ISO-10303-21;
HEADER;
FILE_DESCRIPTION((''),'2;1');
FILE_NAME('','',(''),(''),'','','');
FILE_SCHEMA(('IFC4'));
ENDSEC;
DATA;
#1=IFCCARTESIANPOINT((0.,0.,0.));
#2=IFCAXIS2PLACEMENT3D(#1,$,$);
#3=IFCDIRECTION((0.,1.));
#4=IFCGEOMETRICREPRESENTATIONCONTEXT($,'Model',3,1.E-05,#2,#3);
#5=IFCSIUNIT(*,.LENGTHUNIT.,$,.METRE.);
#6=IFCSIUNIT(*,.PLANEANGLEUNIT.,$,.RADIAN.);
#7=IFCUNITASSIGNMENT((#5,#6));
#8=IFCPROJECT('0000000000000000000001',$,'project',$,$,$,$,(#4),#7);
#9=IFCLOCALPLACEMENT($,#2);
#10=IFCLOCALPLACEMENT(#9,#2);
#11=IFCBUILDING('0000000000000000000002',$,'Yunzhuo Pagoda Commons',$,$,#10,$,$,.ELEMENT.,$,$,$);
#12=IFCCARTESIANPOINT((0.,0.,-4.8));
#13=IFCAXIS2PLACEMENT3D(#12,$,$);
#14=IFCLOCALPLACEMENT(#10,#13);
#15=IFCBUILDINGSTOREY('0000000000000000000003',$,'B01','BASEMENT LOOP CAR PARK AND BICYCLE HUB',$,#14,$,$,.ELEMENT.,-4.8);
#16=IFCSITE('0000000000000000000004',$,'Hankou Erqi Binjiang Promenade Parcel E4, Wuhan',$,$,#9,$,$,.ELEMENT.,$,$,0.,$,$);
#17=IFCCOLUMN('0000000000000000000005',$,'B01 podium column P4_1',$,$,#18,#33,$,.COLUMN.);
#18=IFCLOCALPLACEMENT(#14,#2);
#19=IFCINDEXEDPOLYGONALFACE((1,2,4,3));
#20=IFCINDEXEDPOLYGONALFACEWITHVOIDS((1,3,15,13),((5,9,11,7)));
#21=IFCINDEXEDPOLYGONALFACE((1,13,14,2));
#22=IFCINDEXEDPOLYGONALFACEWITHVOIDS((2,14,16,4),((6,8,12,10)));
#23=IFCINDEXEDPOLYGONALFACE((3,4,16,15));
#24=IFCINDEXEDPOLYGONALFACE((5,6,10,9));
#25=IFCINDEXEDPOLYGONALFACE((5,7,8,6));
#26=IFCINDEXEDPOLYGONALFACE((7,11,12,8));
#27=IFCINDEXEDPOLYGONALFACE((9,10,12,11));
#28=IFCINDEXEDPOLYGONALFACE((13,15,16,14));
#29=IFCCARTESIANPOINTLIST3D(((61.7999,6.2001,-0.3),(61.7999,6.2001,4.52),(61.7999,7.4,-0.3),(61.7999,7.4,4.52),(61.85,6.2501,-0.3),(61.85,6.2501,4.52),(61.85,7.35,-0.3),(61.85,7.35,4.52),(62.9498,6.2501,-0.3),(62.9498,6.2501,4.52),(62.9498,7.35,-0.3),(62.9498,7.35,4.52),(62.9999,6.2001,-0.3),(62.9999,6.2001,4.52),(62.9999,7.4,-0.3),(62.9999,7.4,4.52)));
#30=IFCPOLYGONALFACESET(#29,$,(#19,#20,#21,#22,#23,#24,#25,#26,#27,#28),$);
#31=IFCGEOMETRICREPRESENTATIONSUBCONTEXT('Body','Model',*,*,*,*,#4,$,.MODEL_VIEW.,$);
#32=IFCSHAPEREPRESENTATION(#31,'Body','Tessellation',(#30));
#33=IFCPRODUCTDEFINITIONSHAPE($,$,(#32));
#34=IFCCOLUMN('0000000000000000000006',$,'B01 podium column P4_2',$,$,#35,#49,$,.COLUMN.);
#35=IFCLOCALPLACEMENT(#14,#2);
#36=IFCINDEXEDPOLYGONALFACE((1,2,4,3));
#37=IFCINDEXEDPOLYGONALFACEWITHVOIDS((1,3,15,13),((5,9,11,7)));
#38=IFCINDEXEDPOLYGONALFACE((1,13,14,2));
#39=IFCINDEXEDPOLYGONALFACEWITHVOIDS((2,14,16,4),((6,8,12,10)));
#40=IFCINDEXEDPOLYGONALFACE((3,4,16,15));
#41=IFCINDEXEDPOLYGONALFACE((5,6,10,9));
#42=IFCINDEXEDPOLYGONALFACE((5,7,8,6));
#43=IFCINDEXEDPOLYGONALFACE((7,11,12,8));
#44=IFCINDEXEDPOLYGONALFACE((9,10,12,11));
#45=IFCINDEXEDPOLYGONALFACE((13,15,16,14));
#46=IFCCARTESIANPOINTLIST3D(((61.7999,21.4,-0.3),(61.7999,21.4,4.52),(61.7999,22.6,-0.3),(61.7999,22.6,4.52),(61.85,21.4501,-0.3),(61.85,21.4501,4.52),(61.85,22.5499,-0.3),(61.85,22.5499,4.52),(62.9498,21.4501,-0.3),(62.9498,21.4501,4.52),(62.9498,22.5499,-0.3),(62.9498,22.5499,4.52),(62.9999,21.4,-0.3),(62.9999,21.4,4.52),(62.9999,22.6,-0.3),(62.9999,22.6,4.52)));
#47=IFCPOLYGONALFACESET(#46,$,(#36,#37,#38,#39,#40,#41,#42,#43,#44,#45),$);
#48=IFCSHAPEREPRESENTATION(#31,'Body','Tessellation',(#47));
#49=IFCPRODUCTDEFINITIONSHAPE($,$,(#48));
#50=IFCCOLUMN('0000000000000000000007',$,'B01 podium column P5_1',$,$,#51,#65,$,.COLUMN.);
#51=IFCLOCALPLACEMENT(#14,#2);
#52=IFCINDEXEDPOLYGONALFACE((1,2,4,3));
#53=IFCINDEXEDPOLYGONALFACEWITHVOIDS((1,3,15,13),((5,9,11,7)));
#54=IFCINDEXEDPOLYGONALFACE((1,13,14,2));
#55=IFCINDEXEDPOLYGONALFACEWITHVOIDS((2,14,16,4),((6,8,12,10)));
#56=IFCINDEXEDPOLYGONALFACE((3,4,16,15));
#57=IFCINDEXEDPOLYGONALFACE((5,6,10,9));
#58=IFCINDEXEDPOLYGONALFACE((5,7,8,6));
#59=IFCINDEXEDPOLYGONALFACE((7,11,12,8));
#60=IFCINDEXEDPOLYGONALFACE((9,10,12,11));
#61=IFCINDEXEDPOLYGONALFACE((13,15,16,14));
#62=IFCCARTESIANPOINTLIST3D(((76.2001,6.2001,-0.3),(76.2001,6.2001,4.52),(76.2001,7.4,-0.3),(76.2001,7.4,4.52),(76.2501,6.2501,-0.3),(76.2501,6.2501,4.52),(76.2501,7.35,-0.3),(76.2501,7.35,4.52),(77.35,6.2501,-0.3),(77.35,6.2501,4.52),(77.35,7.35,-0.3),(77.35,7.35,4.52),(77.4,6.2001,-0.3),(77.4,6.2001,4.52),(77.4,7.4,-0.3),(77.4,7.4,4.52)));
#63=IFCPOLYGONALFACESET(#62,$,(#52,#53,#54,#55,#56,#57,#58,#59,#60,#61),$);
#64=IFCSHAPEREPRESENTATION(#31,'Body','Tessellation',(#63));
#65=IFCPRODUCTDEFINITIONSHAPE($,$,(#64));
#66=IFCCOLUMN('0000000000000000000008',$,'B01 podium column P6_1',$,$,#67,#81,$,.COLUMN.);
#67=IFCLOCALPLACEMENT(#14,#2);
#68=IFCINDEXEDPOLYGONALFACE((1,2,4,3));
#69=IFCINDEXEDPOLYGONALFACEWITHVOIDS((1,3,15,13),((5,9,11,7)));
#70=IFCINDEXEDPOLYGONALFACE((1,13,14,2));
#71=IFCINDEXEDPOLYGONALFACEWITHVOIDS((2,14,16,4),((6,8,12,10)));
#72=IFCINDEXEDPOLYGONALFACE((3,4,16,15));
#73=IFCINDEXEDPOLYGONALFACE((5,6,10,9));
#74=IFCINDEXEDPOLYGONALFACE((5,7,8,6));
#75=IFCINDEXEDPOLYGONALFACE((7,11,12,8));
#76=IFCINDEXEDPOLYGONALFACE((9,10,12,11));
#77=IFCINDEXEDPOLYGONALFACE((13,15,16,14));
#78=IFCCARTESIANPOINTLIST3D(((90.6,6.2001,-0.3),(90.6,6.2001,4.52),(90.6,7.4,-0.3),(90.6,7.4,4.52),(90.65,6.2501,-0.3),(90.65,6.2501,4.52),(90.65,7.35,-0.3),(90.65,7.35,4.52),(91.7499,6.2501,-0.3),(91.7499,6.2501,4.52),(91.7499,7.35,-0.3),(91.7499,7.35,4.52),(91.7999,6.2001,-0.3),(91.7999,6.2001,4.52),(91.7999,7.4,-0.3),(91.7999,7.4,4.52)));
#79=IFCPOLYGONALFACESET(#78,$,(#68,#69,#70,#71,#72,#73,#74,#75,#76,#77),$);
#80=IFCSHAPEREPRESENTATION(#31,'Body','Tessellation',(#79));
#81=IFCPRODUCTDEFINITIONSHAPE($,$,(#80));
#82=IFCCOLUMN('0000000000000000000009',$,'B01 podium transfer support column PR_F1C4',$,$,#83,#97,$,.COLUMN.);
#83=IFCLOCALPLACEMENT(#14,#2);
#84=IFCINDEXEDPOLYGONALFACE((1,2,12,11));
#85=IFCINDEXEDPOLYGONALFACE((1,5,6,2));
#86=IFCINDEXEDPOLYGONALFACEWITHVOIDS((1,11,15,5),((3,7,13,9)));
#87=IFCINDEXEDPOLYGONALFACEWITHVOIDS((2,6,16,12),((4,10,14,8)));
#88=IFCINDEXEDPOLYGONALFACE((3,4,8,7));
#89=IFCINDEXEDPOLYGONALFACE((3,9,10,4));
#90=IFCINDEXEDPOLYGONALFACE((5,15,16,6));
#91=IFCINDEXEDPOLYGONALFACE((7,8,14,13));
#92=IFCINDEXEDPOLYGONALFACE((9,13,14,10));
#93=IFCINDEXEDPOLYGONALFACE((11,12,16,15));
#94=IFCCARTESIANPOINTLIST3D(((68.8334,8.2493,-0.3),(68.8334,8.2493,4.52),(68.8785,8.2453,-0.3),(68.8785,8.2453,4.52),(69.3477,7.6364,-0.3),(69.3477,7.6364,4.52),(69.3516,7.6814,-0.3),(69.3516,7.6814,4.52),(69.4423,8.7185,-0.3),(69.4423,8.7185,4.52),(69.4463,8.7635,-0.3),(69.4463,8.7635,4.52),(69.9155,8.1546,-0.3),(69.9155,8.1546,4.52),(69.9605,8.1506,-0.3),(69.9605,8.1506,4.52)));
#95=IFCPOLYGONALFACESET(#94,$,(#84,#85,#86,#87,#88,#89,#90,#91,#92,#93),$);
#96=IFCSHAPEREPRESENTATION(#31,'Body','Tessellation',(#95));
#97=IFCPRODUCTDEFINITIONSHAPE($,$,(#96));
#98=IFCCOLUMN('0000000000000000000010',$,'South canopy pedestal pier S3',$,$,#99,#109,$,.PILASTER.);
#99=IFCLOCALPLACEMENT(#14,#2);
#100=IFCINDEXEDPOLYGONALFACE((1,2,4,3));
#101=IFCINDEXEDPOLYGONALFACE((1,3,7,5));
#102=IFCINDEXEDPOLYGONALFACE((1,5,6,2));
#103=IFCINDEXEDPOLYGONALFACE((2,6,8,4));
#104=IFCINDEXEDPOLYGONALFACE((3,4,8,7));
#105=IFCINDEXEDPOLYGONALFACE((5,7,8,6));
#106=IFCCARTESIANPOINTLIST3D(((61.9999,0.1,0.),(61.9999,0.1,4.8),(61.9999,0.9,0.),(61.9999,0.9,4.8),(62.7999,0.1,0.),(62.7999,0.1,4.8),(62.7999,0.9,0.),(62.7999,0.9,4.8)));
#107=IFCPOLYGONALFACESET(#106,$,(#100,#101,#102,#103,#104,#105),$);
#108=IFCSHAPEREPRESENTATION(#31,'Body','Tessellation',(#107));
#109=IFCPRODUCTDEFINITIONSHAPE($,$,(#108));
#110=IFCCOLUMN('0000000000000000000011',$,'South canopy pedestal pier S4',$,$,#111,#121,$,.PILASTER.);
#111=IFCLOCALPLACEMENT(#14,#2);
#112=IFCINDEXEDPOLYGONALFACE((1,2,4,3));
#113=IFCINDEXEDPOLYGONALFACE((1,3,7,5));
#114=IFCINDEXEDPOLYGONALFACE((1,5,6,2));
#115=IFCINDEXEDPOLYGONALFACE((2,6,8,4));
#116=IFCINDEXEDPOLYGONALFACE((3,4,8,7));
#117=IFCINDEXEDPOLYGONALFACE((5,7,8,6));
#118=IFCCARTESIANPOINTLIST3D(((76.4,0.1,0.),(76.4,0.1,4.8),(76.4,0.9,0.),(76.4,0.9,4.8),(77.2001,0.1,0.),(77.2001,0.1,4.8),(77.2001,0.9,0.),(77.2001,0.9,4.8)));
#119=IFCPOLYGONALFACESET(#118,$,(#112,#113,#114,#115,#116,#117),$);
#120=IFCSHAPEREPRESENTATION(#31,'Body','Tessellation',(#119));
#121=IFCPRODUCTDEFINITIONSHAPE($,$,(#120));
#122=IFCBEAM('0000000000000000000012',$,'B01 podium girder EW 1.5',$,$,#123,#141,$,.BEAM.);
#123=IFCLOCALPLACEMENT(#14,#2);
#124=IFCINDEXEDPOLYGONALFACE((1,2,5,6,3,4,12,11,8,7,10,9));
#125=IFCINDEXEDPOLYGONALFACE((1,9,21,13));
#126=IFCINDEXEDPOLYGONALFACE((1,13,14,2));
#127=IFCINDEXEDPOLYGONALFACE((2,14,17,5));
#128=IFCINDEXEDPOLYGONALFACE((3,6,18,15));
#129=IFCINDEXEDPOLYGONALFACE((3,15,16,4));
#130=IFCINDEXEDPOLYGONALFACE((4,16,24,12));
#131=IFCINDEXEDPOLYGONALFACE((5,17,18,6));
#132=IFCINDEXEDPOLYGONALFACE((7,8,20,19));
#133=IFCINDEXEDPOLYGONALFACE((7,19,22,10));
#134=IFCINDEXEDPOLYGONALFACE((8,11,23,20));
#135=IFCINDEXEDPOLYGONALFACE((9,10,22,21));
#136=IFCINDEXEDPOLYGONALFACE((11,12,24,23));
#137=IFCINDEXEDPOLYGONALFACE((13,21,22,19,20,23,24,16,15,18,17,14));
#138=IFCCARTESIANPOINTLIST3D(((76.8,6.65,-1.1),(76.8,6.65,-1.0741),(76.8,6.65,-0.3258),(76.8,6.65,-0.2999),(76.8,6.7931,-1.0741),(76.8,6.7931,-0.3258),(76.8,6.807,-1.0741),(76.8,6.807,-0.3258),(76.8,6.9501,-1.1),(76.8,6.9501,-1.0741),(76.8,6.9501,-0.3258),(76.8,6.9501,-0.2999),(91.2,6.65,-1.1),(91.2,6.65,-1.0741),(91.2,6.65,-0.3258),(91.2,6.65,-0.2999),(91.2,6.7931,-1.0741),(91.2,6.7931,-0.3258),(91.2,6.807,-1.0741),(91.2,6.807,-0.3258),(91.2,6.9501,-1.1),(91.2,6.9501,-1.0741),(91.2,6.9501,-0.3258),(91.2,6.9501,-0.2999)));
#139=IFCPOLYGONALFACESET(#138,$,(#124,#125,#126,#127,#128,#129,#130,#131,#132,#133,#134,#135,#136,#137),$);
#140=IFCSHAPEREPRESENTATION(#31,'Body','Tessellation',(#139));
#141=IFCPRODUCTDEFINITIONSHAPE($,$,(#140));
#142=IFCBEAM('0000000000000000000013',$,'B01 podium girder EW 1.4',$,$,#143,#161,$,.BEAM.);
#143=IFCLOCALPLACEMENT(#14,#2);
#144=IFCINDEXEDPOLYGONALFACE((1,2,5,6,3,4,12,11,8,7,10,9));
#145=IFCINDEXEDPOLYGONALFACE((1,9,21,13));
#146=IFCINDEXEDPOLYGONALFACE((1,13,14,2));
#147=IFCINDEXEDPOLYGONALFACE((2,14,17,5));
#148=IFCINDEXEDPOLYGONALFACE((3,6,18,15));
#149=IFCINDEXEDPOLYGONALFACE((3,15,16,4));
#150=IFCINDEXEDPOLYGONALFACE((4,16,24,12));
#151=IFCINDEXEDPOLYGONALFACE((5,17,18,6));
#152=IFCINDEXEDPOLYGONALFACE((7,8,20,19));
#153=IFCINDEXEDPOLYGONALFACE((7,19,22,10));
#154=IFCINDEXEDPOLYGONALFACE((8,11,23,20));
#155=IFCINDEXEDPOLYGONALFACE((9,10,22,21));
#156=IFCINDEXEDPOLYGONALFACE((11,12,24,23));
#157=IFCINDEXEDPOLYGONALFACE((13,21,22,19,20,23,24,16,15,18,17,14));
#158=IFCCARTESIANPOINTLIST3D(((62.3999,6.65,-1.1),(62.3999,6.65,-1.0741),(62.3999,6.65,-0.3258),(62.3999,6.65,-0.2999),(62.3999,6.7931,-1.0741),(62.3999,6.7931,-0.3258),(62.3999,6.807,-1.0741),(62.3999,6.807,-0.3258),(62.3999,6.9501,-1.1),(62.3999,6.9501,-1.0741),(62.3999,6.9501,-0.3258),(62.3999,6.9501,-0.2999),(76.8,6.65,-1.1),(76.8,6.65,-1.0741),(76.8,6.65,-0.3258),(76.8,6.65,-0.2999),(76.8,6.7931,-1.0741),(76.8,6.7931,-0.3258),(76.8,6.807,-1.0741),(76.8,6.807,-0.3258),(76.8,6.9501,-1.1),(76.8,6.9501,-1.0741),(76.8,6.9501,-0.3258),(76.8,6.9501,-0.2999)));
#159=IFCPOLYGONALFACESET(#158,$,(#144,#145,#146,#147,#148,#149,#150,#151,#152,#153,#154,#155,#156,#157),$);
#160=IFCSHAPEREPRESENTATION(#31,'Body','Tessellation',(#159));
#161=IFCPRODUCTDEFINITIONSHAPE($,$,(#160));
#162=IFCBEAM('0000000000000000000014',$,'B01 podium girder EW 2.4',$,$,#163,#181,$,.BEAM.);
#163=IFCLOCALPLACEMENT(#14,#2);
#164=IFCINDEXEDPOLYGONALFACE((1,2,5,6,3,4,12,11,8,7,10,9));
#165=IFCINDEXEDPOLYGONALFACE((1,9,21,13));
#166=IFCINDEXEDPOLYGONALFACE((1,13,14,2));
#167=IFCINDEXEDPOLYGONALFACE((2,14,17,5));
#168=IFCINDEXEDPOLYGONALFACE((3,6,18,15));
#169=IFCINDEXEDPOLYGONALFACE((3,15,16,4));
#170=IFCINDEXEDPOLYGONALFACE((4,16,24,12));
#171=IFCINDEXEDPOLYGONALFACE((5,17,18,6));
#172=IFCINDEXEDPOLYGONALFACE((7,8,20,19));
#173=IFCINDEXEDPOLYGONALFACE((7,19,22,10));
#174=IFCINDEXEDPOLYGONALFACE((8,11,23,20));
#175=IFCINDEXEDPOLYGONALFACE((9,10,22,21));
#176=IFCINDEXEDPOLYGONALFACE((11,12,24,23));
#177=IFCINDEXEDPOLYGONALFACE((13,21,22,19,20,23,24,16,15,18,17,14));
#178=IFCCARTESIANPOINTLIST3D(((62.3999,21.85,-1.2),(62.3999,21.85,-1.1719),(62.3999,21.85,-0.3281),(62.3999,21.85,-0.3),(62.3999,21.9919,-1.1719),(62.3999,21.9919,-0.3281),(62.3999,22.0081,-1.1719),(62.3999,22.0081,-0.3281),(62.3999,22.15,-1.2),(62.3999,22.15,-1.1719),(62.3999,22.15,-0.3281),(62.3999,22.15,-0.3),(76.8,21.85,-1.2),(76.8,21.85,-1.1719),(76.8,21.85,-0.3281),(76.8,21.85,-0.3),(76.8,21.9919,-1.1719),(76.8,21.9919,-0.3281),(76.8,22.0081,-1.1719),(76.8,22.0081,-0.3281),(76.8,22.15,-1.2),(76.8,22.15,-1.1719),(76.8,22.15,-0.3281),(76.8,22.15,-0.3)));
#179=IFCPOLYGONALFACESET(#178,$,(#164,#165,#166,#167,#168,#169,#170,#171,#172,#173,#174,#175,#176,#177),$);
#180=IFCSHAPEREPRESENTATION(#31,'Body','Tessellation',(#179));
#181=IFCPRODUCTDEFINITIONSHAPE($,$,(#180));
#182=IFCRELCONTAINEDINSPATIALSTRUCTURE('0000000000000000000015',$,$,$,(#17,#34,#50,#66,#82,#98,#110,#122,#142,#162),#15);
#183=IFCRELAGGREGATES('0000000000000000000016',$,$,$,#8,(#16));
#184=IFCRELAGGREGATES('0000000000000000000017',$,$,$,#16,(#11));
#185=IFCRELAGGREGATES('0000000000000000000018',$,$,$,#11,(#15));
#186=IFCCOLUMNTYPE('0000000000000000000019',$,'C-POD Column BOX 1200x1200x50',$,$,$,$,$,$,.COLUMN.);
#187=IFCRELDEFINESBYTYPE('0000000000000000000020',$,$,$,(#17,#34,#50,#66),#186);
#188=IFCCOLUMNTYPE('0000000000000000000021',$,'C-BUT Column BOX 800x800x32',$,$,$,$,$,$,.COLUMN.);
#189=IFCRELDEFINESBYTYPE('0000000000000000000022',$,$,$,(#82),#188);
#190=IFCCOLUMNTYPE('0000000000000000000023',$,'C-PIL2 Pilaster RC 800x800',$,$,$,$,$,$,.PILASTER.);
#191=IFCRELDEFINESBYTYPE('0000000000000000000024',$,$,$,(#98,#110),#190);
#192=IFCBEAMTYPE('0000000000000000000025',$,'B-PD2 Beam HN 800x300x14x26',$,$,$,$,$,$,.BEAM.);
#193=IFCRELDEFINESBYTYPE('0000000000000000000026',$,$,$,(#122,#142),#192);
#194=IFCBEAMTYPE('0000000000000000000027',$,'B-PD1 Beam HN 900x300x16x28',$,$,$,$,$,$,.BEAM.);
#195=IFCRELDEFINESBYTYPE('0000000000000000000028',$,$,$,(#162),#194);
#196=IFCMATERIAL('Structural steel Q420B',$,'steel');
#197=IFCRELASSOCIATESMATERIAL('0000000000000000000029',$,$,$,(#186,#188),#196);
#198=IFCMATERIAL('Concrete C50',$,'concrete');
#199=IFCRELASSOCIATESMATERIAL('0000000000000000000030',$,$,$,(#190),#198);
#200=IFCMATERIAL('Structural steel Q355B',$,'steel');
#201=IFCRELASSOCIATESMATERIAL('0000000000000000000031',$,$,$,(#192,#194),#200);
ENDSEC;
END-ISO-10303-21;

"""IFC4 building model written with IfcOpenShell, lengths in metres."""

from ifc_helpers import new_model, si_unit, direction, frame, origin, origin_2d, place, context, subcontext, project, spatial, rectangle, hollow_rectangle, i_section, extrude, source, transform, mapped, material, material_profile, profile_set, type_object, element, save


model = new_model("IFC4")

# Units and contexts
model_context = context("Model", 3, precision=1e-05, world=origin(), true_north=direction((0.0, 1.0)))
body_context = subcontext(model_context, "Body", "Model", "MODEL_VIEW")
ifc_project = project(units=[si_unit("LENGTHUNIT", "METRE"), si_unit("PLANEANGLEUNIT", "RADIAN")], contexts=[model_context])

# Site, building, storey
site_placement = place(None, origin())
site = spatial("IfcSite", under=ifc_project, at=site_placement, Name="Hankou Erqi Binjiang Promenade Parcel E4, Wuhan", CompositionType="ELEMENT", RefElevation=0.0)
building_placement = place(site_placement, origin())
building = spatial("IfcBuilding", under=site, at=building_placement, Name="Yunzhuo Pagoda Commons", CompositionType="ELEMENT")
storey_placement = place(building_placement, frame((0.0, 0.0, -4.8)))
storey = spatial("IfcBuildingStorey", under=building, at=storey_placement, Name="B01", Description="BASEMENT LOOP CAR PARK AND BICYCLE HUB", CompositionType="ELEMENT", Elevation=-4.8)

# Columns
ifc_material_1 = material(Name="Structural steel Q420B", Category="steel")
ifc_material_profile_1 = material_profile(ifc_material_1, hollow_rectangle(XDim=1.2, YDim=1.2, WallThickness=0.05, at=origin_2d()), Name="Structural steel Q420B")
ifc_profile_set_1 = profile_set([ifc_material_profile_1], Name="Structural steel Q420B")
column_type_1 = type_object("IfcColumnType", Name="C-POD Column BOX 1200x1200x50", PredefinedType="COLUMN", material=ifc_profile_set_1)
shared_shape_1 = source(origin(), body_context, "Body", "SweptSolid", [
    extrude(hollow_rectangle(XDim=1.2, YDim=1.2, WallThickness=0.05, at=origin_2d()), origin(), (0.0, 0.0, 1.0), 4.8201),
])
for number, where, z_axis, x_axis, name in (
    (1, (62.3999, 6.8, -0.3), (0.0, 0.0, 1.0), (1.0, 0.0, 0.0), "B01 podium column P4_1"),
    (2, (62.3999, 22.0, -0.3), (0.0, 0.0, 1.0), (1.0, 0.0, 0.0), "B01 podium column P4_2"),
    (3, (76.8, 6.8, -0.3), (0.0, 0.0, 1.0), (1.0, 0.0, 0.0), "B01 podium column P5_1"),
    (4, (91.2, 6.8, -0.3), (0.0, 0.0, 1.0), (1.0, 0.0, 0.0), "B01 podium column P6_1"),
):
    element("IfcColumn", number, at=place(storey_placement, frame(where, z_axis=z_axis, x_axis=x_axis)), inside=storey, type_object=column_type_1, Name=name, PredefinedType="COLUMN", context=body_context, shape_type="MappedRepresentation", body=[
        mapped(shared_shape_1, transform((0.0, 0.0, 0.0), scale=1.0)),
    ])
ifc_material_profile_2 = material_profile(ifc_material_1, hollow_rectangle(XDim=0.8, YDim=0.8, WallThickness=0.032, at=origin_2d()), Name="Structural steel Q420B")
ifc_profile_set_2 = profile_set([ifc_material_profile_2], Name="Structural steel Q420B")
column_type_2 = type_object("IfcColumnType", Name="C-BUT Column BOX 800x800x32", PredefinedType="COLUMN", material=ifc_profile_set_2)
shared_shape_2 = source(origin(), body_context, "Body", "SweptSolid", [
    extrude(hollow_rectangle(XDim=0.8, YDim=0.8, WallThickness=0.032, at=origin_2d()), origin(), (0.0, 0.0, 1.0), 4.8201),
])
column_placement = place(storey_placement, frame((69.397, 8.2, -0.3), z_axis=(0.0, 0.0, 1.0), x_axis=(0.766044, 0.642788, 0.0)))
element("IfcColumn", 5, at=column_placement, inside=storey, type_object=column_type_2, Name="B01 podium transfer support column PR_F1C4", PredefinedType="COLUMN", context=body_context, shape_type="MappedRepresentation", body=[
    mapped(shared_shape_2, transform((0.0, 0.0, 0.0), scale=1.0)),
])
ifc_material_2 = material(Name="Concrete C50", Category="concrete")
ifc_material_profile_3 = material_profile(ifc_material_2, rectangle(XDim=0.8, YDim=0.8, at=origin_2d()), Name="Concrete C50")
ifc_profile_set_3 = profile_set([ifc_material_profile_3], Name="Concrete C50")
column_type_3 = type_object("IfcColumnType", Name="C-PIL2 Pilaster RC 800x800", PredefinedType="PILASTER", material=ifc_profile_set_3)
shared_shape_3 = source(origin(), body_context, "Body", "SweptSolid", [
    extrude(rectangle(XDim=0.8, YDim=0.8, at=origin_2d()), origin(), (0.0, 0.0, 1.0), 4.8),
])
for number, where, z_axis, x_axis, name in (
    (6, (62.3999, 0.5, 0.0), (0.0, 0.0, 1.0), (1.0, 0.0, 0.0), "South canopy pedestal pier S3"),
    (7, (76.8, 0.5, 0.0), (0.0, 0.0, 1.0), (1.0, 0.0, 0.0), "South canopy pedestal pier S4"),
):
    element("IfcColumn", number, at=place(storey_placement, frame(where, z_axis=z_axis, x_axis=x_axis)), inside=storey, type_object=column_type_3, Name=name, PredefinedType="PILASTER", context=body_context, shape_type="MappedRepresentation", body=[
        mapped(shared_shape_3, transform((0.0, 0.0, 0.0), scale=1.0)),
    ])

# Beams
ifc_material_3 = material(Name="Structural steel Q355B", Category="steel")
ifc_material_profile_4 = material_profile(ifc_material_3, i_section(OverallWidth=0.3, OverallDepth=0.8, WebThickness=0.0139, FlangeThickness=0.0259, at=origin_2d()), Name="Structural steel Q355B")
ifc_profile_set_4 = profile_set([ifc_material_profile_4], Name="Structural steel Q355B")
beam_type_1 = type_object("IfcBeamType", Name="B-PD2 Beam HN 800x300x14x26", PredefinedType="BEAM", material=ifc_profile_set_4)
shared_shape_4 = source(origin(), body_context, "Body", "SweptSolid", [
    extrude(i_section(OverallWidth=0.3, OverallDepth=0.8, WebThickness=0.0139, FlangeThickness=0.0259, at=origin_2d()), origin(), (0.0, 0.0, 1.0), 14.3999),
])
beam_1_placement = place(storey_placement, frame((76.8, 6.8, -0.7), z_axis=(1.0, 0.0, 0.0), x_axis=(0.0, 1.0, 0.0)))
element("IfcBeam", 8, at=beam_1_placement, inside=storey, type_object=beam_type_1, Name="B01 podium girder EW 1.5", PredefinedType="BEAM", context=body_context, shape_type="MappedRepresentation", body=[
    mapped(shared_shape_4, transform((0.0, 0.0, 0.0), scale=1.0)),
])
shared_shape_5 = source(origin(), body_context, "Body", "SweptSolid", [
    extrude(i_section(OverallWidth=0.3, OverallDepth=0.8, WebThickness=0.0139, FlangeThickness=0.0259, at=origin_2d()), origin(), (0.0, 0.0, 1.0), 14.4001),
])
beam_2_placement = place(storey_placement, frame((62.3999, 6.8, -0.7), z_axis=(1.0, 0.0, 0.0), x_axis=(0.0, 1.0, 0.0)))
element("IfcBeam", 9, at=beam_2_placement, inside=storey, type_object=beam_type_1, Name="B01 podium girder EW 1.4", PredefinedType="BEAM", context=body_context, shape_type="MappedRepresentation", body=[
    mapped(shared_shape_5, transform((0.0, 0.0, 0.0), scale=1.0)),
])
ifc_material_profile_5 = material_profile(ifc_material_3, i_section(OverallWidth=0.3, OverallDepth=0.8999, WebThickness=0.0161, FlangeThickness=0.0281, at=origin_2d()), Name="Structural steel Q355B")
ifc_profile_set_5 = profile_set([ifc_material_profile_5], Name="Structural steel Q355B")
beam_type_2 = type_object("IfcBeamType", Name="B-PD1 Beam HN 900x300x16x28", PredefinedType="BEAM", material=ifc_profile_set_5)
shared_shape_6 = source(origin(), body_context, "Body", "SweptSolid", [
    extrude(i_section(OverallWidth=0.3, OverallDepth=0.8999, WebThickness=0.0161, FlangeThickness=0.0281, at=origin_2d()), origin(), (0.0, 0.0, 1.0), 14.4001),
])
beam_3_placement = place(storey_placement, frame((62.3999, 22.0, -0.75), z_axis=(1.0, 0.0, 0.0), x_axis=(0.0, 1.0, 0.0)))
element("IfcBeam", 10, at=beam_3_placement, inside=storey, type_object=beam_type_2, Name="B01 podium girder EW 2.4", PredefinedType="BEAM", context=body_context, shape_type="MappedRepresentation", body=[
    mapped(shared_shape_6, transform((0.0, 0.0, 0.0), scale=1.0)),
])

save(model, "model.ifc")
